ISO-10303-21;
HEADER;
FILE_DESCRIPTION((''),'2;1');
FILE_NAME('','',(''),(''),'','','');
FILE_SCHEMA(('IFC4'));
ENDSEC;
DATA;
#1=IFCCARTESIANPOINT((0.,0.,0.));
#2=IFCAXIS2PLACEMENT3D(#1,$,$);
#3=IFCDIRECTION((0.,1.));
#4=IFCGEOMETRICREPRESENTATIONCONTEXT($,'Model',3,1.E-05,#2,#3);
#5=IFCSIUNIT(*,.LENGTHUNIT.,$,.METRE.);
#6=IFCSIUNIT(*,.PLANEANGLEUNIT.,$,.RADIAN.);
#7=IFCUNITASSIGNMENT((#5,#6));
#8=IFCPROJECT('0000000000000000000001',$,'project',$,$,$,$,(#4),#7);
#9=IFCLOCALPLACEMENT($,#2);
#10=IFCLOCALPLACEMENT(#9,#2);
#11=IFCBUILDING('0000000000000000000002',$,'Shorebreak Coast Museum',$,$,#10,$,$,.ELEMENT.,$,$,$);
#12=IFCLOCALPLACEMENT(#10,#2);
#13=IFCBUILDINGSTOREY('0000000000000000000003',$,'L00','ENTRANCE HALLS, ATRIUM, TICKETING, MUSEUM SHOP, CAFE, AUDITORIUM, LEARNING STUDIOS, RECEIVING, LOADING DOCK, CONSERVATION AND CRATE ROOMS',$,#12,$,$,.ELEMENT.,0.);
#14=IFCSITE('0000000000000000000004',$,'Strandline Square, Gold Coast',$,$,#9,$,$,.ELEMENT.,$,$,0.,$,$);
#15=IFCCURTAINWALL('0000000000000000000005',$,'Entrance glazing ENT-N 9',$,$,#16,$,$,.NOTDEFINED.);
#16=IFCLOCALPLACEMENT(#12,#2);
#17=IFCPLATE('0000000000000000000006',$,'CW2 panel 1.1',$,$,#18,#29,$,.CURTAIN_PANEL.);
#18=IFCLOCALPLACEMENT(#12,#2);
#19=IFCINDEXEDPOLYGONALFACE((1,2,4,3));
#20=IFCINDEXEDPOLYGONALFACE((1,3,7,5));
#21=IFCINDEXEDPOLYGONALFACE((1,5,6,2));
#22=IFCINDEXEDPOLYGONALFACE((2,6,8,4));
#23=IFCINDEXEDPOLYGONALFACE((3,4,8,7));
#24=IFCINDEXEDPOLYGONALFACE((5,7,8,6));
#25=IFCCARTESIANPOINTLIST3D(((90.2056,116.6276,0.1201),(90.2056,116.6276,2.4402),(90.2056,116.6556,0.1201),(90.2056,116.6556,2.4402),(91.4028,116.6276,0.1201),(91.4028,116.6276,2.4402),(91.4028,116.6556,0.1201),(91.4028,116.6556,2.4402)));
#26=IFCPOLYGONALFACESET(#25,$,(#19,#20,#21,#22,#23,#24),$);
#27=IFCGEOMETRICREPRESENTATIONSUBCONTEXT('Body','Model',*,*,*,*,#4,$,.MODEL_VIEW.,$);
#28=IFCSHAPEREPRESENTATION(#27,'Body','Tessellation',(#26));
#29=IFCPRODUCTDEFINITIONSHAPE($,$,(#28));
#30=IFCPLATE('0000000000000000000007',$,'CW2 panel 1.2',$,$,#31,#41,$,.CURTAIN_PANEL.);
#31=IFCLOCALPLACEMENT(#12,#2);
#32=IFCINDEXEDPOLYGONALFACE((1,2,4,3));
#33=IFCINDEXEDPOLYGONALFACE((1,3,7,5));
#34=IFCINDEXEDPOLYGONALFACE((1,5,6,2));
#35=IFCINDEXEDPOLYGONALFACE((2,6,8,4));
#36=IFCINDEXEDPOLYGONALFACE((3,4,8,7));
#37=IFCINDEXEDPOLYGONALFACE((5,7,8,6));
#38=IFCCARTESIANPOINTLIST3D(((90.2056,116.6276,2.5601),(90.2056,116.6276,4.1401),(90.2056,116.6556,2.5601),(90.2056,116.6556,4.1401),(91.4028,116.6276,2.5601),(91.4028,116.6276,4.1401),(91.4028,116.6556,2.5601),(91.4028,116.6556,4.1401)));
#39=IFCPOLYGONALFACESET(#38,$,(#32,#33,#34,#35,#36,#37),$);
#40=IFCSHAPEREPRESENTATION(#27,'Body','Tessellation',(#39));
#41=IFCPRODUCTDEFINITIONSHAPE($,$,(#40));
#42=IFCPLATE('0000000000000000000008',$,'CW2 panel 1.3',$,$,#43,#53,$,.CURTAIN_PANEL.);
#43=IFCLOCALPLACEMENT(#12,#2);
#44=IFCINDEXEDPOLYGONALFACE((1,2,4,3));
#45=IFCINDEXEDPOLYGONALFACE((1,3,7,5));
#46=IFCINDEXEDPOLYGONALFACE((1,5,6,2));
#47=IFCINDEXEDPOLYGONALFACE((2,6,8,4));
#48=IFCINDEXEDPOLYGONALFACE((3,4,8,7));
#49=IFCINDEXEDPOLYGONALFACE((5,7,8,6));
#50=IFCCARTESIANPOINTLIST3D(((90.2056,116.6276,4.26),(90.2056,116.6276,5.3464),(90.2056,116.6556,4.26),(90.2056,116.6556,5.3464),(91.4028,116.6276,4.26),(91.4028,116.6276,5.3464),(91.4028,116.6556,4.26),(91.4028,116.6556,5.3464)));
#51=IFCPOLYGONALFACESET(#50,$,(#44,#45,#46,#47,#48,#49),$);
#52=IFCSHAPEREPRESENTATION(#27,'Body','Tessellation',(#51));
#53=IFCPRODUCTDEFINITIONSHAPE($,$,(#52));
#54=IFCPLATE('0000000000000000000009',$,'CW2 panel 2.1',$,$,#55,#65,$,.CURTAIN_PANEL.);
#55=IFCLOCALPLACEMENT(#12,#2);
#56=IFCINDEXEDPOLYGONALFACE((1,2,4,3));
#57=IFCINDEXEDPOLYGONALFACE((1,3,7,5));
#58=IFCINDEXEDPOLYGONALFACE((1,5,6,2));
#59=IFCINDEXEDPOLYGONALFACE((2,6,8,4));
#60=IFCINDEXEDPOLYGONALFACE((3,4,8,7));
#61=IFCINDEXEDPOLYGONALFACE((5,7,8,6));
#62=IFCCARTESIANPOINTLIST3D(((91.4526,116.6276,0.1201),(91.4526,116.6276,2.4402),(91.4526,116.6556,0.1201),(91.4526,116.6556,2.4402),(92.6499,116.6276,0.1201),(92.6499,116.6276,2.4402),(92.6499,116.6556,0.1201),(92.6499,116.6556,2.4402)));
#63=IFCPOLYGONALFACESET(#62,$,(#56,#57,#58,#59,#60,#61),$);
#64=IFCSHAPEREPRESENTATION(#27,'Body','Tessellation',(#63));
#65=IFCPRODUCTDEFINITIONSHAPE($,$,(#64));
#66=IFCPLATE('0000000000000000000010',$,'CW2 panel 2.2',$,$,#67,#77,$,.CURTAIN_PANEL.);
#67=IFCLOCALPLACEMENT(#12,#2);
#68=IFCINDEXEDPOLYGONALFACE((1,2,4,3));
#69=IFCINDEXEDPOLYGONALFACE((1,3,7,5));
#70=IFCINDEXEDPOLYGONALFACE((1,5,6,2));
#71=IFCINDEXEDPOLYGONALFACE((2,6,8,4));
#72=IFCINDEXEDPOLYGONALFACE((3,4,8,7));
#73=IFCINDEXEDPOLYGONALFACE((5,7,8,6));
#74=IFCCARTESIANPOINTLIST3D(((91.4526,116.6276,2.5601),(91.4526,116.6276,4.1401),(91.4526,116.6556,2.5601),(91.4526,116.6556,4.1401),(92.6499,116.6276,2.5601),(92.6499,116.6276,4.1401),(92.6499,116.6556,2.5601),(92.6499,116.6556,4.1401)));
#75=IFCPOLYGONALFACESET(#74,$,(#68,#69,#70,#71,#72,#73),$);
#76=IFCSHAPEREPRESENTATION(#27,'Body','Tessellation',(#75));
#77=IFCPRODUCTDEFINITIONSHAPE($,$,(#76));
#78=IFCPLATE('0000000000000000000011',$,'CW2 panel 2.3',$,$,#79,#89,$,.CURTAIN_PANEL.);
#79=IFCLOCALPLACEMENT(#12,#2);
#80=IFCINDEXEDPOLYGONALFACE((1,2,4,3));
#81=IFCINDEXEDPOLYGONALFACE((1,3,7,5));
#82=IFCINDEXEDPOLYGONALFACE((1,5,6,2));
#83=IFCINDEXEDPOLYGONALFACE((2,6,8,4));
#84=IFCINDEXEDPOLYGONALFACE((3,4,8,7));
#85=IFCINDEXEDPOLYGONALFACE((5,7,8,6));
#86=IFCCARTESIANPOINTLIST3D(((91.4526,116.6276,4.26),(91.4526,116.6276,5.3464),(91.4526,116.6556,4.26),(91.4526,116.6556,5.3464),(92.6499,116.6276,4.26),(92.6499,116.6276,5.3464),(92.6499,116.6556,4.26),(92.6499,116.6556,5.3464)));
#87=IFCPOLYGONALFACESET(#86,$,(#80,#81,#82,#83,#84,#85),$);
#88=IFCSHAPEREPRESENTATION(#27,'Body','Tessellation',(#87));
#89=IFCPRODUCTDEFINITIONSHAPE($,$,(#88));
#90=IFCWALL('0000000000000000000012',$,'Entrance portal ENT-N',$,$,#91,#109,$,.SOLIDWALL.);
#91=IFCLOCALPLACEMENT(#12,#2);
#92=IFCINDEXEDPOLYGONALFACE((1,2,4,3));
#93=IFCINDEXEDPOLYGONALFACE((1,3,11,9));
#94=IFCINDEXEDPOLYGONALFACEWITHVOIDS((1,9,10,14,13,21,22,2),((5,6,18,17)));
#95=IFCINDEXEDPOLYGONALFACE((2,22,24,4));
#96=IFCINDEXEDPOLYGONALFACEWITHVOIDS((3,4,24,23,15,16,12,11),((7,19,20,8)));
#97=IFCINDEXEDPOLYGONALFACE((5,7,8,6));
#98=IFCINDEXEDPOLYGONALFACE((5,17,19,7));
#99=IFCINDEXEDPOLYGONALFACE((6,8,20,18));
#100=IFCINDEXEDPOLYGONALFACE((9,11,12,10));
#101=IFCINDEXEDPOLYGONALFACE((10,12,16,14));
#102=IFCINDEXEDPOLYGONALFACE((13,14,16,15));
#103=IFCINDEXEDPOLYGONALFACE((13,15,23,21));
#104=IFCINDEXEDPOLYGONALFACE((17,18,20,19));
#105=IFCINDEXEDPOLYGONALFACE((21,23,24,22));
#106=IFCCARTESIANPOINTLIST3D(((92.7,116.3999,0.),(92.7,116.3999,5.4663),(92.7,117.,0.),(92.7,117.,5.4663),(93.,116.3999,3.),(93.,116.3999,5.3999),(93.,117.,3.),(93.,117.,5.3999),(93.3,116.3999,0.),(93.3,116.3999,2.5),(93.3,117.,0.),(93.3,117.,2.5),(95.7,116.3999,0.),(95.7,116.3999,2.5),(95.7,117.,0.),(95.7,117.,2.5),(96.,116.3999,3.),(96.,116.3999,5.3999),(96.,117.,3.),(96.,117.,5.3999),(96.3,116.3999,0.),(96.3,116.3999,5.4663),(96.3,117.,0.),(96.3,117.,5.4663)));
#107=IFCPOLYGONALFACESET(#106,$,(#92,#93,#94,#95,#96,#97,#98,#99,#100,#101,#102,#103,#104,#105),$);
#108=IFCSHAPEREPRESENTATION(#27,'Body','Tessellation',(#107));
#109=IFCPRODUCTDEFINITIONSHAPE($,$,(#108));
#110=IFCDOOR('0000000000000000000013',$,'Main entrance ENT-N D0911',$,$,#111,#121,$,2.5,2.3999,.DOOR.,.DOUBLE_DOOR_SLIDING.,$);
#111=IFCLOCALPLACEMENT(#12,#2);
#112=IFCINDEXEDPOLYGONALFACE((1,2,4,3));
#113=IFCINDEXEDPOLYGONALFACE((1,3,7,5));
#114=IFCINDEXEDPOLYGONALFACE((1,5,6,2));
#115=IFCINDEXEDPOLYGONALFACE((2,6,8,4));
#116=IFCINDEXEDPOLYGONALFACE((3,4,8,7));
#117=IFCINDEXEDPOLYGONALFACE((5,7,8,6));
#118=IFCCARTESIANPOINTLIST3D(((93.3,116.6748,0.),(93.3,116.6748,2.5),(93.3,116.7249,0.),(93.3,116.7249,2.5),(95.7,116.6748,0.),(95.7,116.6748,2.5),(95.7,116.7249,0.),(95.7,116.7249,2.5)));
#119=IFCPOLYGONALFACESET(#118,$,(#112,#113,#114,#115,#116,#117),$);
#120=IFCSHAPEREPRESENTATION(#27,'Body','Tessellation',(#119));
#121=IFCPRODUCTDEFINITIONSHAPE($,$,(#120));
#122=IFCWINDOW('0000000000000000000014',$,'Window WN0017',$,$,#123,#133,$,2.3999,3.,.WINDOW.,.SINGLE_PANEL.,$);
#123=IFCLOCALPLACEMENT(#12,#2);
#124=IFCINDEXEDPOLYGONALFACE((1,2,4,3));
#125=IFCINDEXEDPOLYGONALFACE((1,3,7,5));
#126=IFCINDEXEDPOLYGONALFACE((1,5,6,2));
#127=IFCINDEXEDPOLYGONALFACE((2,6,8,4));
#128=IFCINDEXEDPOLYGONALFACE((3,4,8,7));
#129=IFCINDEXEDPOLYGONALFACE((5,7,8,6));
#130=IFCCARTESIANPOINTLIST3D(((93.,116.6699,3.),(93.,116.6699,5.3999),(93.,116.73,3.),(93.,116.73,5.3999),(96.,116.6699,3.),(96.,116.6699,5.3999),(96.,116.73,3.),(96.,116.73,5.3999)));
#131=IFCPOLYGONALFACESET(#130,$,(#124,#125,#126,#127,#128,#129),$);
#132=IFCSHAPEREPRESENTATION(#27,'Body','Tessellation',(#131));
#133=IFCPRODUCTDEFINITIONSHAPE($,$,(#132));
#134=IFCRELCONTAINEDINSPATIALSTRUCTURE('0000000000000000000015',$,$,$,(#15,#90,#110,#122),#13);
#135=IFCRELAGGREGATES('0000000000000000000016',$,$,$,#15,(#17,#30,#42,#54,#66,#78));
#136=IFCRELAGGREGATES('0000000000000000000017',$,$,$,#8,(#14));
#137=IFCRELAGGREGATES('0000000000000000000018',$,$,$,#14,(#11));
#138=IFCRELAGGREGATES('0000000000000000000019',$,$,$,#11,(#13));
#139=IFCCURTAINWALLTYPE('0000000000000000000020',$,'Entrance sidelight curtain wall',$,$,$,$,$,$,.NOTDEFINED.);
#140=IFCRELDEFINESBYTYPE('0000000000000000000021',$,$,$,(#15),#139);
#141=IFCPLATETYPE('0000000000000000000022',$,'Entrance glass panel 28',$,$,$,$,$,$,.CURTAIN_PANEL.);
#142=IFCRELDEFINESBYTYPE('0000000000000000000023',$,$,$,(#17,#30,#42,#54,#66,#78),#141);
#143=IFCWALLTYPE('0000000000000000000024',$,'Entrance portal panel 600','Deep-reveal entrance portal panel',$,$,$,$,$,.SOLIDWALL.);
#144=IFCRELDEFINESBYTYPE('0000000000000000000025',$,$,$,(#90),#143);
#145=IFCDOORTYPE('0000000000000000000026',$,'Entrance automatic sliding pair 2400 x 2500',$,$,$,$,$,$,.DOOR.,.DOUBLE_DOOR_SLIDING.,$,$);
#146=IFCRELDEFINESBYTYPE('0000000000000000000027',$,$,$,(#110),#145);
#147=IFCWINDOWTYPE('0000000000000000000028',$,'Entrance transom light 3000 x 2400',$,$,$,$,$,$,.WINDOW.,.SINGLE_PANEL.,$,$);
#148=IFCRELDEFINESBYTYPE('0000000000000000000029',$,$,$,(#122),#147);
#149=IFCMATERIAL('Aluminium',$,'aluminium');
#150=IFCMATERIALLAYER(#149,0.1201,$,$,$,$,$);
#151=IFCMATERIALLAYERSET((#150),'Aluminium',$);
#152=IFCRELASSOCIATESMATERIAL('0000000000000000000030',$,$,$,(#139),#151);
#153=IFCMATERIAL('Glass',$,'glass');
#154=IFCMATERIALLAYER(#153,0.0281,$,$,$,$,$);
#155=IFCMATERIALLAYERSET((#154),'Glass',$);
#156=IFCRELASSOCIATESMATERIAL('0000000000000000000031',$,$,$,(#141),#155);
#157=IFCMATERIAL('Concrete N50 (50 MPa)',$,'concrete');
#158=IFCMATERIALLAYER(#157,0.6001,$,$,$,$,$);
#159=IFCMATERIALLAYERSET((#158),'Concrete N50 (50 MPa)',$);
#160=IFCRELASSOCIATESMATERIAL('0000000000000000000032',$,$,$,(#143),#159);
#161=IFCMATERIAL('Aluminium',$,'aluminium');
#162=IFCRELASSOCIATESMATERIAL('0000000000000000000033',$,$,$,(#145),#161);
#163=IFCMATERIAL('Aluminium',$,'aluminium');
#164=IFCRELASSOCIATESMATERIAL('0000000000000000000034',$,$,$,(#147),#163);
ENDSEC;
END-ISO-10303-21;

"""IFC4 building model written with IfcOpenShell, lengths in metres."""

from ifc_helpers import new_model, si_unit, direction, frame, frame_2d, origin, origin_2d, place, context, subcontext, project, spatial, rectangle, extrude, material, layer, layer_set, type_object, element, fill, aggregate, save


model = new_model("IFC4")

# Units and contexts
model_context = context("Model", 3, precision=1e-05, world=origin(), true_north=direction((0.0, 1.0)))
body_context = subcontext(model_context, "Body", "Model", "MODEL_VIEW")
ifc_project = project(units=[si_unit("LENGTHUNIT", "METRE"), si_unit("PLANEANGLEUNIT", "RADIAN")], contexts=[model_context])

# Site, building, storey
site_placement = place(None, origin())
site = spatial("IfcSite", under=ifc_project, at=site_placement, Name="Strandline Square, Gold Coast", CompositionType="ELEMENT", RefElevation=0.0)
building_placement = place(site_placement, origin())
building = spatial("IfcBuilding", under=site, at=building_placement, Name="Shorebreak Coast Museum", CompositionType="ELEMENT")
storey_placement = place(building_placement, origin())
storey = spatial("IfcBuildingStorey", under=building, at=storey_placement, Name="L00", Description="ENTRANCE HALLS, ATRIUM, TICKETING, MUSEUM SHOP, CAFE, AUDITORIUM, LEARNING STUDIOS, RECEIVING, LOADING DOCK, CONSERVATION AND CRATE ROOMS", CompositionType="ELEMENT", Elevation=0.0)

# Curtain wall
ifc_material_1 = material(Name="Aluminium", Category="aluminium")
ifc_layer_1 = layer(ifc_material_1, 0.1201)
ifc_layer_set_1 = layer_set([ifc_layer_1], Name="Aluminium")
curtain_wall_type = type_object("IfcCurtainWallType", Name="Entrance sidelight curtain wall", PredefinedType="NOTDEFINED", material=ifc_layer_set_1)
curtain_wall_1_placement = place(storey_placement, origin())
curtain_wall_1 = element("IfcCurtainWall", 1, at=curtain_wall_1_placement, inside=storey, type_object=curtain_wall_type, Name="Entrance glazing ENT-N 9", PredefinedType="NOTDEFINED")

# Plates
ifc_material_2 = material(Name="Glass", Category="glass")
ifc_layer_2 = layer(ifc_material_2, 0.0281)
ifc_layer_set_2 = layer_set([ifc_layer_2], Name="Glass")
plate_type = type_object("IfcPlateType", Name="Entrance glass panel 28", PredefinedType="CURTAIN_PANEL", material=ifc_layer_set_2)
plate_1_placement = place(storey_placement, frame((90.8042, 116.6416, 0.1201), z_axis=(0.0, 0.0, 1.0), x_axis=(1.0, 0.0, 0.0)))
plate_1 = element("IfcPlate", 2, at=plate_1_placement, type_object=plate_type, Name="CW2 panel 1.1", PredefinedType="CURTAIN_PANEL", context=body_context, shape_type="SweptSolid", body=[
    extrude(rectangle(XDim=1.1973, YDim=0.0281, at=origin_2d()), origin(), (0.0, 0.0, 1.0), 2.3201),
])
plate_2_placement = place(storey_placement, frame((90.8042, 116.6416, 2.5601), z_axis=(0.0, 0.0, 1.0), x_axis=(1.0, 0.0, 0.0)))
plate_2 = element("IfcPlate", 3, at=plate_2_placement, type_object=plate_type, Name="CW2 panel 1.2", PredefinedType="CURTAIN_PANEL", context=body_context, shape_type="SweptSolid", body=[
    extrude(rectangle(XDim=1.1973, YDim=0.0281, at=origin_2d()), origin(), (0.0, 0.0, 1.0), 1.5801),
])
plate_3_placement = place(storey_placement, frame((90.8042, 116.6416, 4.26), z_axis=(0.0, 0.0, 1.0), x_axis=(1.0, 0.0, 0.0)))
plate_3 = element("IfcPlate", 4, at=plate_3_placement, type_object=plate_type, Name="CW2 panel 1.3", PredefinedType="CURTAIN_PANEL", context=body_context, shape_type="SweptSolid", body=[
    extrude(rectangle(XDim=1.1973, YDim=0.0281, at=origin_2d()), origin(), (0.0, 0.0, 1.0), 1.0864),
])
plate_4_placement = place(storey_placement, frame((92.0513, 116.6416, 0.1201), z_axis=(0.0, 0.0, 1.0), x_axis=(1.0, 0.0, 0.0)))
plate_4 = element("IfcPlate", 5, at=plate_4_placement, type_object=plate_type, Name="CW2 panel 2.1", PredefinedType="CURTAIN_PANEL", context=body_context, shape_type="SweptSolid", body=[
    extrude(rectangle(XDim=1.1973, YDim=0.0281, at=origin_2d()), origin(), (0.0, 0.0, 1.0), 2.3201),
])
plate_5_placement = place(storey_placement, frame((92.0513, 116.6416, 2.5601), z_axis=(0.0, 0.0, 1.0), x_axis=(1.0, 0.0, 0.0)))
plate_5 = element("IfcPlate", 6, at=plate_5_placement, type_object=plate_type, Name="CW2 panel 2.2", PredefinedType="CURTAIN_PANEL", context=body_context, shape_type="SweptSolid", body=[
    extrude(rectangle(XDim=1.1973, YDim=0.0281, at=origin_2d()), origin(), (0.0, 0.0, 1.0), 1.5801),
])
plate_6_placement = place(storey_placement, frame((92.0513, 116.6416, 4.26), z_axis=(0.0, 0.0, 1.0), x_axis=(1.0, 0.0, 0.0)))
plate_6 = element("IfcPlate", 7, at=plate_6_placement, type_object=plate_type, Name="CW2 panel 2.3", PredefinedType="CURTAIN_PANEL", context=body_context, shape_type="SweptSolid", body=[
    extrude(rectangle(XDim=1.1973, YDim=0.0281, at=origin_2d()), origin(), (0.0, 0.0, 1.0), 1.0864),
])
aggregate(curtain_wall_1, [plate_1, plate_2, plate_3, plate_4, plate_5, plate_6])

# Wall, openings, door, window
ifc_material_3 = material(Name="Concrete N50 (50 MPa)", Category="concrete")
ifc_layer_3 = layer(ifc_material_3, 0.6001)
ifc_layer_set_3 = layer_set([ifc_layer_3], Name="Concrete N50 (50 MPa)")
wall_type = type_object("IfcWallType", Name="Entrance portal panel 600", Description="Deep-reveal entrance portal panel", PredefinedType="SOLIDWALL", material=ifc_layer_set_3)
wall_placement = place(storey_placement, frame((92.7, 116.7, 0.0), z_axis=(0.0, 0.0, 1.0), x_axis=(1.0, 0.0, 0.0)))
wall = element("IfcWall", 8, at=wall_placement, inside=storey, type_object=wall_type, Name="Entrance portal ENT-N", PredefinedType="SOLIDWALL", context=body_context, shape_type="SweptSolid", body=[
    extrude(rectangle(XDim=3.6001, YDim=0.6001, at=frame_2d((1.8, 0.0))), origin(), (0.0, 0.0, 1.0), 5.4663),
])
opening_1_placement = place(wall_placement, frame((0.6001, 0.0, 0.0)))
opening_1 = element("IfcOpeningElement", 9, at=opening_1_placement, cuts=wall, PredefinedType="OPENING", context=body_context, shape_type="SweptSolid", body=[
    extrude(rectangle(XDim=2.3999, YDim=2.5, at=frame_2d((1.2, 1.25))), frame((0.0, 0.3101, 0.0), z_axis=(0.0, -1.0, 0.0), x_axis=(1.0, 0.0, 0.0)), (0.0, 0.0, 1.0), 0.6201),
])
opening_2_placement = place(wall_placement, frame((0.3, 0.0, 3.0)))
opening_2 = element("IfcOpeningElement", 10, at=opening_2_placement, cuts=wall, PredefinedType="OPENING", context=body_context, shape_type="SweptSolid", body=[
    extrude(rectangle(XDim=3.0, YDim=2.3999, at=frame_2d((1.5, 1.2))), frame((0.0, 0.3101, 0.0), z_axis=(0.0, -1.0, 0.0), x_axis=(1.0, 0.0, 0.0)), (0.0, 0.0, 1.0), 0.6201),
])
ifc_material_4 = material(Name="Aluminium", Category="aluminium")
door_type = type_object("IfcDoorType", Name="Entrance automatic sliding pair 2400 x 2500", OperationType="DOUBLE_DOOR_SLIDING", PredefinedType="DOOR", material=ifc_material_4)
door_placement = place(opening_1_placement, origin())
door = element("IfcDoor", 11, at=door_placement, inside=storey, type_object=door_type, Name="Main entrance ENT-N D0911", OperationType="DOUBLE_DOOR_SLIDING", OverallHeight=2.5, OverallWidth=2.3999, PredefinedType="DOOR", context=body_context, shape_type="SweptSolid", body=[
    extrude(rectangle(XDim=2.3999, YDim=2.5, at=frame_2d((1.2, 1.25))), frame((0.0, 0.0249, 0.0), z_axis=(0.0, -1.0, 0.0), x_axis=(1.0, 0.0, 0.0)), (0.0, 0.0, 1.0), 0.05),
])
fill(opening_1, door)
ifc_material_5 = material(Name="Aluminium", Category="aluminium")
window_type = type_object("IfcWindowType", Name="Entrance transom light 3000 x 2400", PartitioningType="SINGLE_PANEL", PredefinedType="WINDOW", material=ifc_material_5)
window_placement = place(opening_2_placement, origin())
window = element("IfcWindow", 12, at=window_placement, inside=storey, type_object=window_type, Name="Window WN0017", OverallHeight=2.3999, OverallWidth=3.0, PartitioningType="SINGLE_PANEL", PredefinedType="WINDOW", context=body_context, shape_type="SweptSolid", body=[
    extrude(rectangle(XDim=3.0, YDim=2.3999, at=frame_2d((1.5, 1.2))), frame((0.0, 0.03, 0.0), z_axis=(0.0, -1.0, 0.0), x_axis=(1.0, 0.0, 0.0)), (0.0, 0.0, 1.0), 0.0601),
])
fill(opening_2, window)

save(model, "model.ifc")
